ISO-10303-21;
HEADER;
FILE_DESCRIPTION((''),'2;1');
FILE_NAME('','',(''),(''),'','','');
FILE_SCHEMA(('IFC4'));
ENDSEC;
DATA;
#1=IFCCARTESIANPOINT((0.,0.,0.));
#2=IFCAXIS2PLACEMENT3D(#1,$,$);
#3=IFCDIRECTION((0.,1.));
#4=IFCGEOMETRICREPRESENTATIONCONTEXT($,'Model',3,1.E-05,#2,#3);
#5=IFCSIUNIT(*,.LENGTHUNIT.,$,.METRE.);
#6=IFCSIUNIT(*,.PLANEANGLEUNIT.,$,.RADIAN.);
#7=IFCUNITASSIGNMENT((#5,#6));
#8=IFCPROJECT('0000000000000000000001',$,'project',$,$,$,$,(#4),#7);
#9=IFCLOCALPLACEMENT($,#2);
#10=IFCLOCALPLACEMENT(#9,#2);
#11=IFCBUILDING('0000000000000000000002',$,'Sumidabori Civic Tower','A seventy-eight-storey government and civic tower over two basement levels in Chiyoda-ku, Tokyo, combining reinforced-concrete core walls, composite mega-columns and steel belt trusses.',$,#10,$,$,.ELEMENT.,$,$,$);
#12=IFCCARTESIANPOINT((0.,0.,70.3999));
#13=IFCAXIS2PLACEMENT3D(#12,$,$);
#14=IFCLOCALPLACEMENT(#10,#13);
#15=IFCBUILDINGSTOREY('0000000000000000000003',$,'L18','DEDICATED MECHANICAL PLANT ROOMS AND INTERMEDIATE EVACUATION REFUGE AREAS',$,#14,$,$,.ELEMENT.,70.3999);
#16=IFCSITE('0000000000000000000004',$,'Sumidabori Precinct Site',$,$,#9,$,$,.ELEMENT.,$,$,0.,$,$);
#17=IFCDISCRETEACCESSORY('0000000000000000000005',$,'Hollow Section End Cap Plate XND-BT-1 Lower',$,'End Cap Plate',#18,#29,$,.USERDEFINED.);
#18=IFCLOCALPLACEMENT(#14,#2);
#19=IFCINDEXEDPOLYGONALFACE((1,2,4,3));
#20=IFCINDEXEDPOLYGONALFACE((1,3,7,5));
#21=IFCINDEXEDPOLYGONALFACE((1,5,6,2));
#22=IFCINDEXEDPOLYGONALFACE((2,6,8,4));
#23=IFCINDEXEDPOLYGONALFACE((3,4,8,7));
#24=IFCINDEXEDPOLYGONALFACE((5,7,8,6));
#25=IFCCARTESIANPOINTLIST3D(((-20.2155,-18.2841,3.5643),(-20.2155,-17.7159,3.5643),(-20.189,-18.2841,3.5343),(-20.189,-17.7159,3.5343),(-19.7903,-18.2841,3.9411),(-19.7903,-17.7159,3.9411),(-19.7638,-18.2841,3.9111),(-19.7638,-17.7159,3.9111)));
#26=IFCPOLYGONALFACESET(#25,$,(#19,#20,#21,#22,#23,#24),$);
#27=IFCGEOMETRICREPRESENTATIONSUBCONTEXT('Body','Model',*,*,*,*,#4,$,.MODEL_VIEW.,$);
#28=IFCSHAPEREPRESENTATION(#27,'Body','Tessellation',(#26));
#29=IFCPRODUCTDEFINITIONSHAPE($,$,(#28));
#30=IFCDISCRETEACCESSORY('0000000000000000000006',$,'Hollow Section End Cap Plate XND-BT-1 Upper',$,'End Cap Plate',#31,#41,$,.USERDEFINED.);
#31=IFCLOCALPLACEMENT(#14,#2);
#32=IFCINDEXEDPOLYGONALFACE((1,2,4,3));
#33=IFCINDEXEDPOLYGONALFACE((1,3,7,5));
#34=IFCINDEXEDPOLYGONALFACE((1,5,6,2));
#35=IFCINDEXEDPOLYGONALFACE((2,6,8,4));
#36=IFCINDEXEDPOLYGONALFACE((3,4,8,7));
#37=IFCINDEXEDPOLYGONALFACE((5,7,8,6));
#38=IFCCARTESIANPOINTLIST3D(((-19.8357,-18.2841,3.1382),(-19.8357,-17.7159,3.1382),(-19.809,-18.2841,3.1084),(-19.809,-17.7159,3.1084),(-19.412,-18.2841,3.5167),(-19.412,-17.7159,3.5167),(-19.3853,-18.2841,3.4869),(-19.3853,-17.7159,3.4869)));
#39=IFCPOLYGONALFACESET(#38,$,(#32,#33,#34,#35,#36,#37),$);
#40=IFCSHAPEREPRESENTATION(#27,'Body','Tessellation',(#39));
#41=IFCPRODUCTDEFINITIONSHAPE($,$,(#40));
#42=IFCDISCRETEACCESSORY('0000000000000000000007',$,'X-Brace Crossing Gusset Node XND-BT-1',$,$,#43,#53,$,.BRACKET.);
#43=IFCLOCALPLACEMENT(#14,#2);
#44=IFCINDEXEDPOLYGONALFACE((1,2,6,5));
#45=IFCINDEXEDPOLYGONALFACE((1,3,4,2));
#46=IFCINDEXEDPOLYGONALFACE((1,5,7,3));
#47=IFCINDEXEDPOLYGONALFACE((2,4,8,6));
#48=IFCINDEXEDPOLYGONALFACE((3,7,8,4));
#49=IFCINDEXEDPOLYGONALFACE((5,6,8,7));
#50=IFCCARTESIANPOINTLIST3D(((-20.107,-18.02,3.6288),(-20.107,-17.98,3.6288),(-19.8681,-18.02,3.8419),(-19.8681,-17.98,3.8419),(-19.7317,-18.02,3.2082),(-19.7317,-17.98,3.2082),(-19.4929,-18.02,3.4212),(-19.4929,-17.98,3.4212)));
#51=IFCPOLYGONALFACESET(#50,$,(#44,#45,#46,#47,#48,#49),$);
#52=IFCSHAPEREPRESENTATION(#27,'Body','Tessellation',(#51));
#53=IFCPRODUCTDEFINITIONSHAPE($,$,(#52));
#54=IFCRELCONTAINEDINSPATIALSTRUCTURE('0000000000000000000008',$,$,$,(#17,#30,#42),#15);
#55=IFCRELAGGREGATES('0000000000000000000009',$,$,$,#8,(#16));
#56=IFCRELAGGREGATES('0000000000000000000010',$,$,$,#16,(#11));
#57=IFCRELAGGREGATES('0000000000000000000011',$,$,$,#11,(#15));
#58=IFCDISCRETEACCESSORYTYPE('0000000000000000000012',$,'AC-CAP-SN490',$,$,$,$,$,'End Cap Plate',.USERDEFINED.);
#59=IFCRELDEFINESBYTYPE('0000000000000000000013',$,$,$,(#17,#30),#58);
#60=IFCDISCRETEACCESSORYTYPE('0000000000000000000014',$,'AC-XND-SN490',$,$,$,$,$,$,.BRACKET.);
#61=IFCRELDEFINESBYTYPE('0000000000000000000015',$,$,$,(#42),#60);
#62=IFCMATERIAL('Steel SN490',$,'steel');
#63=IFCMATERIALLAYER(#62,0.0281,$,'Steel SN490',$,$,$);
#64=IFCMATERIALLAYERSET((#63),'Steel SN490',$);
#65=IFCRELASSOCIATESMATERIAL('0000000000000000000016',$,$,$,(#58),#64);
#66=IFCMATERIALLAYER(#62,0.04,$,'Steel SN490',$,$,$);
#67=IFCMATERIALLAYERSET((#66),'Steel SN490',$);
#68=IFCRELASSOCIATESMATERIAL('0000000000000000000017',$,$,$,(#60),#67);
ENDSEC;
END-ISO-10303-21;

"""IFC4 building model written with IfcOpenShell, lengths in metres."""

from ifc_helpers import new_model, si_unit, direction, frame, origin, origin_2d, place, context, subcontext, project, spatial, rectangle, extrude, source, transform, mapped, material, layer, layer_set, type_object, element, save


model = new_model("IFC4")

# Units and contexts
model_context = context("Model", 3, precision=1e-05, world=origin(), true_north=direction((0.0, 1.0)))
body_context = subcontext(model_context, "Body", "Model", "MODEL_VIEW")
ifc_project = project(units=[si_unit("LENGTHUNIT", "METRE"), si_unit("PLANEANGLEUNIT", "RADIAN")], contexts=[model_context])

# Site, building, storey
site_placement = place(None, origin())
site = spatial("IfcSite", under=ifc_project, at=site_placement, Name="Sumidabori Precinct Site", CompositionType="ELEMENT", RefElevation=0.0)
building_placement = place(site_placement, origin())
building = spatial("IfcBuilding", under=site, at=building_placement, Name="Sumidabori Civic Tower", Description="A seventy-eight-storey government and civic tower over two basement levels in Chiyoda-ku, Tokyo, combining reinforced-concrete core walls, composite mega-columns and steel belt trusses.", CompositionType="ELEMENT")
storey_placement = place(building_placement, frame((0.0, 0.0, 70.3999)))
storey = spatial("IfcBuildingStorey", under=building, at=storey_placement, Name="L18", Description="DEDICATED MECHANICAL PLANT ROOMS AND INTERMEDIATE EVACUATION REFUGE AREAS", CompositionType="ELEMENT", Elevation=70.3999)

# Shared definitions
ifc_material_1 = material(Name="Steel SN490", Category="steel")

# Discrete accessories
ifc_layer_1 = layer(ifc_material_1, 0.0281, Name="Steel SN490")
ifc_layer_set_1 = layer_set([ifc_layer_1], Name="Steel SN490")
discrete_accessory_type_1 = type_object("IfcDiscreteAccessoryType", Name="AC-CAP-SN490", ElementType="End Cap Plate", PredefinedType="USERDEFINED", material=ifc_layer_set_1)
shared_shape_1 = source(origin(), body_context, "Body", "SweptSolid", [
    extrude(rectangle(XDim=0.5681, YDim=0.5681, at=origin_2d()), origin(), (0.0, 0.0, 1.0), 0.04),
])
for number, where, z_axis, x_axis, name in (
    (1, (-20.0029, -18.0, 3.7527), (0.66323, 0.0, -0.748416), (0.0, 1.0, 0.0), "Hollow Section End Cap Plate XND-BT-1 Lower"),
    (2, (-19.5972, -18.0, 3.2976), (-0.666259, 0.0, 0.745721), (0.0, -1.0, 0.0), "Hollow Section End Cap Plate XND-BT-1 Upper"),
):
    element("IfcDiscreteAccessory", number, at=place(storey_placement, frame(where, z_axis=z_axis, x_axis=x_axis)), inside=storey, type_object=discrete_accessory_type_1, Name=name, ObjectType="End Cap Plate", PredefinedType="USERDEFINED", context=body_context, shape_type="MappedRepresentation", body=[
        mapped(shared_shape_1, transform((0.0, 0.0, 0.0), x_axis=(1.0, 0.0, 0.0), y_axis=(0.0, 1.0, 0.0), z_axis=(0.0, 0.0, 1.0), scale=1.0)),
    ])
ifc_layer_2 = layer(ifc_material_1, 0.04, Name="Steel SN490")
ifc_layer_set_2 = layer_set([ifc_layer_2], Name="Steel SN490")
discrete_accessory_type_2 = type_object("IfcDiscreteAccessoryType", Name="AC-XND-SN490", PredefinedType="BRACKET", material=ifc_layer_set_2)
shared_shape_2 = source(origin(), body_context, "Body", "SweptSolid", [
    extrude(rectangle(XDim=0.04, YDim=0.3201, at=origin_2d()), origin(), (0.0, 0.0, 1.0), 0.5637),
])
discrete_accessory_placement = place(storey_placement, frame((-19.9875, -18.0, 3.7354), z_axis=(0.66568, 0.0, -0.746237), x_axis=(0.0, 1.0, 0.0)))
element("IfcDiscreteAccessory", 3, at=discrete_accessory_placement, inside=storey, type_object=discrete_accessory_type_2, Name="X-Brace Crossing Gusset Node XND-BT-1", PredefinedType="BRACKET", context=body_context, shape_type="MappedRepresentation", body=[
    mapped(shared_shape_2, transform((0.0, 0.0, 0.0), x_axis=(1.0, 0.0, 0.0), y_axis=(0.0, 1.0, 0.0), z_axis=(0.0, 0.0, 1.0), scale=1.0)),
])

save(model, "model.ifc")
